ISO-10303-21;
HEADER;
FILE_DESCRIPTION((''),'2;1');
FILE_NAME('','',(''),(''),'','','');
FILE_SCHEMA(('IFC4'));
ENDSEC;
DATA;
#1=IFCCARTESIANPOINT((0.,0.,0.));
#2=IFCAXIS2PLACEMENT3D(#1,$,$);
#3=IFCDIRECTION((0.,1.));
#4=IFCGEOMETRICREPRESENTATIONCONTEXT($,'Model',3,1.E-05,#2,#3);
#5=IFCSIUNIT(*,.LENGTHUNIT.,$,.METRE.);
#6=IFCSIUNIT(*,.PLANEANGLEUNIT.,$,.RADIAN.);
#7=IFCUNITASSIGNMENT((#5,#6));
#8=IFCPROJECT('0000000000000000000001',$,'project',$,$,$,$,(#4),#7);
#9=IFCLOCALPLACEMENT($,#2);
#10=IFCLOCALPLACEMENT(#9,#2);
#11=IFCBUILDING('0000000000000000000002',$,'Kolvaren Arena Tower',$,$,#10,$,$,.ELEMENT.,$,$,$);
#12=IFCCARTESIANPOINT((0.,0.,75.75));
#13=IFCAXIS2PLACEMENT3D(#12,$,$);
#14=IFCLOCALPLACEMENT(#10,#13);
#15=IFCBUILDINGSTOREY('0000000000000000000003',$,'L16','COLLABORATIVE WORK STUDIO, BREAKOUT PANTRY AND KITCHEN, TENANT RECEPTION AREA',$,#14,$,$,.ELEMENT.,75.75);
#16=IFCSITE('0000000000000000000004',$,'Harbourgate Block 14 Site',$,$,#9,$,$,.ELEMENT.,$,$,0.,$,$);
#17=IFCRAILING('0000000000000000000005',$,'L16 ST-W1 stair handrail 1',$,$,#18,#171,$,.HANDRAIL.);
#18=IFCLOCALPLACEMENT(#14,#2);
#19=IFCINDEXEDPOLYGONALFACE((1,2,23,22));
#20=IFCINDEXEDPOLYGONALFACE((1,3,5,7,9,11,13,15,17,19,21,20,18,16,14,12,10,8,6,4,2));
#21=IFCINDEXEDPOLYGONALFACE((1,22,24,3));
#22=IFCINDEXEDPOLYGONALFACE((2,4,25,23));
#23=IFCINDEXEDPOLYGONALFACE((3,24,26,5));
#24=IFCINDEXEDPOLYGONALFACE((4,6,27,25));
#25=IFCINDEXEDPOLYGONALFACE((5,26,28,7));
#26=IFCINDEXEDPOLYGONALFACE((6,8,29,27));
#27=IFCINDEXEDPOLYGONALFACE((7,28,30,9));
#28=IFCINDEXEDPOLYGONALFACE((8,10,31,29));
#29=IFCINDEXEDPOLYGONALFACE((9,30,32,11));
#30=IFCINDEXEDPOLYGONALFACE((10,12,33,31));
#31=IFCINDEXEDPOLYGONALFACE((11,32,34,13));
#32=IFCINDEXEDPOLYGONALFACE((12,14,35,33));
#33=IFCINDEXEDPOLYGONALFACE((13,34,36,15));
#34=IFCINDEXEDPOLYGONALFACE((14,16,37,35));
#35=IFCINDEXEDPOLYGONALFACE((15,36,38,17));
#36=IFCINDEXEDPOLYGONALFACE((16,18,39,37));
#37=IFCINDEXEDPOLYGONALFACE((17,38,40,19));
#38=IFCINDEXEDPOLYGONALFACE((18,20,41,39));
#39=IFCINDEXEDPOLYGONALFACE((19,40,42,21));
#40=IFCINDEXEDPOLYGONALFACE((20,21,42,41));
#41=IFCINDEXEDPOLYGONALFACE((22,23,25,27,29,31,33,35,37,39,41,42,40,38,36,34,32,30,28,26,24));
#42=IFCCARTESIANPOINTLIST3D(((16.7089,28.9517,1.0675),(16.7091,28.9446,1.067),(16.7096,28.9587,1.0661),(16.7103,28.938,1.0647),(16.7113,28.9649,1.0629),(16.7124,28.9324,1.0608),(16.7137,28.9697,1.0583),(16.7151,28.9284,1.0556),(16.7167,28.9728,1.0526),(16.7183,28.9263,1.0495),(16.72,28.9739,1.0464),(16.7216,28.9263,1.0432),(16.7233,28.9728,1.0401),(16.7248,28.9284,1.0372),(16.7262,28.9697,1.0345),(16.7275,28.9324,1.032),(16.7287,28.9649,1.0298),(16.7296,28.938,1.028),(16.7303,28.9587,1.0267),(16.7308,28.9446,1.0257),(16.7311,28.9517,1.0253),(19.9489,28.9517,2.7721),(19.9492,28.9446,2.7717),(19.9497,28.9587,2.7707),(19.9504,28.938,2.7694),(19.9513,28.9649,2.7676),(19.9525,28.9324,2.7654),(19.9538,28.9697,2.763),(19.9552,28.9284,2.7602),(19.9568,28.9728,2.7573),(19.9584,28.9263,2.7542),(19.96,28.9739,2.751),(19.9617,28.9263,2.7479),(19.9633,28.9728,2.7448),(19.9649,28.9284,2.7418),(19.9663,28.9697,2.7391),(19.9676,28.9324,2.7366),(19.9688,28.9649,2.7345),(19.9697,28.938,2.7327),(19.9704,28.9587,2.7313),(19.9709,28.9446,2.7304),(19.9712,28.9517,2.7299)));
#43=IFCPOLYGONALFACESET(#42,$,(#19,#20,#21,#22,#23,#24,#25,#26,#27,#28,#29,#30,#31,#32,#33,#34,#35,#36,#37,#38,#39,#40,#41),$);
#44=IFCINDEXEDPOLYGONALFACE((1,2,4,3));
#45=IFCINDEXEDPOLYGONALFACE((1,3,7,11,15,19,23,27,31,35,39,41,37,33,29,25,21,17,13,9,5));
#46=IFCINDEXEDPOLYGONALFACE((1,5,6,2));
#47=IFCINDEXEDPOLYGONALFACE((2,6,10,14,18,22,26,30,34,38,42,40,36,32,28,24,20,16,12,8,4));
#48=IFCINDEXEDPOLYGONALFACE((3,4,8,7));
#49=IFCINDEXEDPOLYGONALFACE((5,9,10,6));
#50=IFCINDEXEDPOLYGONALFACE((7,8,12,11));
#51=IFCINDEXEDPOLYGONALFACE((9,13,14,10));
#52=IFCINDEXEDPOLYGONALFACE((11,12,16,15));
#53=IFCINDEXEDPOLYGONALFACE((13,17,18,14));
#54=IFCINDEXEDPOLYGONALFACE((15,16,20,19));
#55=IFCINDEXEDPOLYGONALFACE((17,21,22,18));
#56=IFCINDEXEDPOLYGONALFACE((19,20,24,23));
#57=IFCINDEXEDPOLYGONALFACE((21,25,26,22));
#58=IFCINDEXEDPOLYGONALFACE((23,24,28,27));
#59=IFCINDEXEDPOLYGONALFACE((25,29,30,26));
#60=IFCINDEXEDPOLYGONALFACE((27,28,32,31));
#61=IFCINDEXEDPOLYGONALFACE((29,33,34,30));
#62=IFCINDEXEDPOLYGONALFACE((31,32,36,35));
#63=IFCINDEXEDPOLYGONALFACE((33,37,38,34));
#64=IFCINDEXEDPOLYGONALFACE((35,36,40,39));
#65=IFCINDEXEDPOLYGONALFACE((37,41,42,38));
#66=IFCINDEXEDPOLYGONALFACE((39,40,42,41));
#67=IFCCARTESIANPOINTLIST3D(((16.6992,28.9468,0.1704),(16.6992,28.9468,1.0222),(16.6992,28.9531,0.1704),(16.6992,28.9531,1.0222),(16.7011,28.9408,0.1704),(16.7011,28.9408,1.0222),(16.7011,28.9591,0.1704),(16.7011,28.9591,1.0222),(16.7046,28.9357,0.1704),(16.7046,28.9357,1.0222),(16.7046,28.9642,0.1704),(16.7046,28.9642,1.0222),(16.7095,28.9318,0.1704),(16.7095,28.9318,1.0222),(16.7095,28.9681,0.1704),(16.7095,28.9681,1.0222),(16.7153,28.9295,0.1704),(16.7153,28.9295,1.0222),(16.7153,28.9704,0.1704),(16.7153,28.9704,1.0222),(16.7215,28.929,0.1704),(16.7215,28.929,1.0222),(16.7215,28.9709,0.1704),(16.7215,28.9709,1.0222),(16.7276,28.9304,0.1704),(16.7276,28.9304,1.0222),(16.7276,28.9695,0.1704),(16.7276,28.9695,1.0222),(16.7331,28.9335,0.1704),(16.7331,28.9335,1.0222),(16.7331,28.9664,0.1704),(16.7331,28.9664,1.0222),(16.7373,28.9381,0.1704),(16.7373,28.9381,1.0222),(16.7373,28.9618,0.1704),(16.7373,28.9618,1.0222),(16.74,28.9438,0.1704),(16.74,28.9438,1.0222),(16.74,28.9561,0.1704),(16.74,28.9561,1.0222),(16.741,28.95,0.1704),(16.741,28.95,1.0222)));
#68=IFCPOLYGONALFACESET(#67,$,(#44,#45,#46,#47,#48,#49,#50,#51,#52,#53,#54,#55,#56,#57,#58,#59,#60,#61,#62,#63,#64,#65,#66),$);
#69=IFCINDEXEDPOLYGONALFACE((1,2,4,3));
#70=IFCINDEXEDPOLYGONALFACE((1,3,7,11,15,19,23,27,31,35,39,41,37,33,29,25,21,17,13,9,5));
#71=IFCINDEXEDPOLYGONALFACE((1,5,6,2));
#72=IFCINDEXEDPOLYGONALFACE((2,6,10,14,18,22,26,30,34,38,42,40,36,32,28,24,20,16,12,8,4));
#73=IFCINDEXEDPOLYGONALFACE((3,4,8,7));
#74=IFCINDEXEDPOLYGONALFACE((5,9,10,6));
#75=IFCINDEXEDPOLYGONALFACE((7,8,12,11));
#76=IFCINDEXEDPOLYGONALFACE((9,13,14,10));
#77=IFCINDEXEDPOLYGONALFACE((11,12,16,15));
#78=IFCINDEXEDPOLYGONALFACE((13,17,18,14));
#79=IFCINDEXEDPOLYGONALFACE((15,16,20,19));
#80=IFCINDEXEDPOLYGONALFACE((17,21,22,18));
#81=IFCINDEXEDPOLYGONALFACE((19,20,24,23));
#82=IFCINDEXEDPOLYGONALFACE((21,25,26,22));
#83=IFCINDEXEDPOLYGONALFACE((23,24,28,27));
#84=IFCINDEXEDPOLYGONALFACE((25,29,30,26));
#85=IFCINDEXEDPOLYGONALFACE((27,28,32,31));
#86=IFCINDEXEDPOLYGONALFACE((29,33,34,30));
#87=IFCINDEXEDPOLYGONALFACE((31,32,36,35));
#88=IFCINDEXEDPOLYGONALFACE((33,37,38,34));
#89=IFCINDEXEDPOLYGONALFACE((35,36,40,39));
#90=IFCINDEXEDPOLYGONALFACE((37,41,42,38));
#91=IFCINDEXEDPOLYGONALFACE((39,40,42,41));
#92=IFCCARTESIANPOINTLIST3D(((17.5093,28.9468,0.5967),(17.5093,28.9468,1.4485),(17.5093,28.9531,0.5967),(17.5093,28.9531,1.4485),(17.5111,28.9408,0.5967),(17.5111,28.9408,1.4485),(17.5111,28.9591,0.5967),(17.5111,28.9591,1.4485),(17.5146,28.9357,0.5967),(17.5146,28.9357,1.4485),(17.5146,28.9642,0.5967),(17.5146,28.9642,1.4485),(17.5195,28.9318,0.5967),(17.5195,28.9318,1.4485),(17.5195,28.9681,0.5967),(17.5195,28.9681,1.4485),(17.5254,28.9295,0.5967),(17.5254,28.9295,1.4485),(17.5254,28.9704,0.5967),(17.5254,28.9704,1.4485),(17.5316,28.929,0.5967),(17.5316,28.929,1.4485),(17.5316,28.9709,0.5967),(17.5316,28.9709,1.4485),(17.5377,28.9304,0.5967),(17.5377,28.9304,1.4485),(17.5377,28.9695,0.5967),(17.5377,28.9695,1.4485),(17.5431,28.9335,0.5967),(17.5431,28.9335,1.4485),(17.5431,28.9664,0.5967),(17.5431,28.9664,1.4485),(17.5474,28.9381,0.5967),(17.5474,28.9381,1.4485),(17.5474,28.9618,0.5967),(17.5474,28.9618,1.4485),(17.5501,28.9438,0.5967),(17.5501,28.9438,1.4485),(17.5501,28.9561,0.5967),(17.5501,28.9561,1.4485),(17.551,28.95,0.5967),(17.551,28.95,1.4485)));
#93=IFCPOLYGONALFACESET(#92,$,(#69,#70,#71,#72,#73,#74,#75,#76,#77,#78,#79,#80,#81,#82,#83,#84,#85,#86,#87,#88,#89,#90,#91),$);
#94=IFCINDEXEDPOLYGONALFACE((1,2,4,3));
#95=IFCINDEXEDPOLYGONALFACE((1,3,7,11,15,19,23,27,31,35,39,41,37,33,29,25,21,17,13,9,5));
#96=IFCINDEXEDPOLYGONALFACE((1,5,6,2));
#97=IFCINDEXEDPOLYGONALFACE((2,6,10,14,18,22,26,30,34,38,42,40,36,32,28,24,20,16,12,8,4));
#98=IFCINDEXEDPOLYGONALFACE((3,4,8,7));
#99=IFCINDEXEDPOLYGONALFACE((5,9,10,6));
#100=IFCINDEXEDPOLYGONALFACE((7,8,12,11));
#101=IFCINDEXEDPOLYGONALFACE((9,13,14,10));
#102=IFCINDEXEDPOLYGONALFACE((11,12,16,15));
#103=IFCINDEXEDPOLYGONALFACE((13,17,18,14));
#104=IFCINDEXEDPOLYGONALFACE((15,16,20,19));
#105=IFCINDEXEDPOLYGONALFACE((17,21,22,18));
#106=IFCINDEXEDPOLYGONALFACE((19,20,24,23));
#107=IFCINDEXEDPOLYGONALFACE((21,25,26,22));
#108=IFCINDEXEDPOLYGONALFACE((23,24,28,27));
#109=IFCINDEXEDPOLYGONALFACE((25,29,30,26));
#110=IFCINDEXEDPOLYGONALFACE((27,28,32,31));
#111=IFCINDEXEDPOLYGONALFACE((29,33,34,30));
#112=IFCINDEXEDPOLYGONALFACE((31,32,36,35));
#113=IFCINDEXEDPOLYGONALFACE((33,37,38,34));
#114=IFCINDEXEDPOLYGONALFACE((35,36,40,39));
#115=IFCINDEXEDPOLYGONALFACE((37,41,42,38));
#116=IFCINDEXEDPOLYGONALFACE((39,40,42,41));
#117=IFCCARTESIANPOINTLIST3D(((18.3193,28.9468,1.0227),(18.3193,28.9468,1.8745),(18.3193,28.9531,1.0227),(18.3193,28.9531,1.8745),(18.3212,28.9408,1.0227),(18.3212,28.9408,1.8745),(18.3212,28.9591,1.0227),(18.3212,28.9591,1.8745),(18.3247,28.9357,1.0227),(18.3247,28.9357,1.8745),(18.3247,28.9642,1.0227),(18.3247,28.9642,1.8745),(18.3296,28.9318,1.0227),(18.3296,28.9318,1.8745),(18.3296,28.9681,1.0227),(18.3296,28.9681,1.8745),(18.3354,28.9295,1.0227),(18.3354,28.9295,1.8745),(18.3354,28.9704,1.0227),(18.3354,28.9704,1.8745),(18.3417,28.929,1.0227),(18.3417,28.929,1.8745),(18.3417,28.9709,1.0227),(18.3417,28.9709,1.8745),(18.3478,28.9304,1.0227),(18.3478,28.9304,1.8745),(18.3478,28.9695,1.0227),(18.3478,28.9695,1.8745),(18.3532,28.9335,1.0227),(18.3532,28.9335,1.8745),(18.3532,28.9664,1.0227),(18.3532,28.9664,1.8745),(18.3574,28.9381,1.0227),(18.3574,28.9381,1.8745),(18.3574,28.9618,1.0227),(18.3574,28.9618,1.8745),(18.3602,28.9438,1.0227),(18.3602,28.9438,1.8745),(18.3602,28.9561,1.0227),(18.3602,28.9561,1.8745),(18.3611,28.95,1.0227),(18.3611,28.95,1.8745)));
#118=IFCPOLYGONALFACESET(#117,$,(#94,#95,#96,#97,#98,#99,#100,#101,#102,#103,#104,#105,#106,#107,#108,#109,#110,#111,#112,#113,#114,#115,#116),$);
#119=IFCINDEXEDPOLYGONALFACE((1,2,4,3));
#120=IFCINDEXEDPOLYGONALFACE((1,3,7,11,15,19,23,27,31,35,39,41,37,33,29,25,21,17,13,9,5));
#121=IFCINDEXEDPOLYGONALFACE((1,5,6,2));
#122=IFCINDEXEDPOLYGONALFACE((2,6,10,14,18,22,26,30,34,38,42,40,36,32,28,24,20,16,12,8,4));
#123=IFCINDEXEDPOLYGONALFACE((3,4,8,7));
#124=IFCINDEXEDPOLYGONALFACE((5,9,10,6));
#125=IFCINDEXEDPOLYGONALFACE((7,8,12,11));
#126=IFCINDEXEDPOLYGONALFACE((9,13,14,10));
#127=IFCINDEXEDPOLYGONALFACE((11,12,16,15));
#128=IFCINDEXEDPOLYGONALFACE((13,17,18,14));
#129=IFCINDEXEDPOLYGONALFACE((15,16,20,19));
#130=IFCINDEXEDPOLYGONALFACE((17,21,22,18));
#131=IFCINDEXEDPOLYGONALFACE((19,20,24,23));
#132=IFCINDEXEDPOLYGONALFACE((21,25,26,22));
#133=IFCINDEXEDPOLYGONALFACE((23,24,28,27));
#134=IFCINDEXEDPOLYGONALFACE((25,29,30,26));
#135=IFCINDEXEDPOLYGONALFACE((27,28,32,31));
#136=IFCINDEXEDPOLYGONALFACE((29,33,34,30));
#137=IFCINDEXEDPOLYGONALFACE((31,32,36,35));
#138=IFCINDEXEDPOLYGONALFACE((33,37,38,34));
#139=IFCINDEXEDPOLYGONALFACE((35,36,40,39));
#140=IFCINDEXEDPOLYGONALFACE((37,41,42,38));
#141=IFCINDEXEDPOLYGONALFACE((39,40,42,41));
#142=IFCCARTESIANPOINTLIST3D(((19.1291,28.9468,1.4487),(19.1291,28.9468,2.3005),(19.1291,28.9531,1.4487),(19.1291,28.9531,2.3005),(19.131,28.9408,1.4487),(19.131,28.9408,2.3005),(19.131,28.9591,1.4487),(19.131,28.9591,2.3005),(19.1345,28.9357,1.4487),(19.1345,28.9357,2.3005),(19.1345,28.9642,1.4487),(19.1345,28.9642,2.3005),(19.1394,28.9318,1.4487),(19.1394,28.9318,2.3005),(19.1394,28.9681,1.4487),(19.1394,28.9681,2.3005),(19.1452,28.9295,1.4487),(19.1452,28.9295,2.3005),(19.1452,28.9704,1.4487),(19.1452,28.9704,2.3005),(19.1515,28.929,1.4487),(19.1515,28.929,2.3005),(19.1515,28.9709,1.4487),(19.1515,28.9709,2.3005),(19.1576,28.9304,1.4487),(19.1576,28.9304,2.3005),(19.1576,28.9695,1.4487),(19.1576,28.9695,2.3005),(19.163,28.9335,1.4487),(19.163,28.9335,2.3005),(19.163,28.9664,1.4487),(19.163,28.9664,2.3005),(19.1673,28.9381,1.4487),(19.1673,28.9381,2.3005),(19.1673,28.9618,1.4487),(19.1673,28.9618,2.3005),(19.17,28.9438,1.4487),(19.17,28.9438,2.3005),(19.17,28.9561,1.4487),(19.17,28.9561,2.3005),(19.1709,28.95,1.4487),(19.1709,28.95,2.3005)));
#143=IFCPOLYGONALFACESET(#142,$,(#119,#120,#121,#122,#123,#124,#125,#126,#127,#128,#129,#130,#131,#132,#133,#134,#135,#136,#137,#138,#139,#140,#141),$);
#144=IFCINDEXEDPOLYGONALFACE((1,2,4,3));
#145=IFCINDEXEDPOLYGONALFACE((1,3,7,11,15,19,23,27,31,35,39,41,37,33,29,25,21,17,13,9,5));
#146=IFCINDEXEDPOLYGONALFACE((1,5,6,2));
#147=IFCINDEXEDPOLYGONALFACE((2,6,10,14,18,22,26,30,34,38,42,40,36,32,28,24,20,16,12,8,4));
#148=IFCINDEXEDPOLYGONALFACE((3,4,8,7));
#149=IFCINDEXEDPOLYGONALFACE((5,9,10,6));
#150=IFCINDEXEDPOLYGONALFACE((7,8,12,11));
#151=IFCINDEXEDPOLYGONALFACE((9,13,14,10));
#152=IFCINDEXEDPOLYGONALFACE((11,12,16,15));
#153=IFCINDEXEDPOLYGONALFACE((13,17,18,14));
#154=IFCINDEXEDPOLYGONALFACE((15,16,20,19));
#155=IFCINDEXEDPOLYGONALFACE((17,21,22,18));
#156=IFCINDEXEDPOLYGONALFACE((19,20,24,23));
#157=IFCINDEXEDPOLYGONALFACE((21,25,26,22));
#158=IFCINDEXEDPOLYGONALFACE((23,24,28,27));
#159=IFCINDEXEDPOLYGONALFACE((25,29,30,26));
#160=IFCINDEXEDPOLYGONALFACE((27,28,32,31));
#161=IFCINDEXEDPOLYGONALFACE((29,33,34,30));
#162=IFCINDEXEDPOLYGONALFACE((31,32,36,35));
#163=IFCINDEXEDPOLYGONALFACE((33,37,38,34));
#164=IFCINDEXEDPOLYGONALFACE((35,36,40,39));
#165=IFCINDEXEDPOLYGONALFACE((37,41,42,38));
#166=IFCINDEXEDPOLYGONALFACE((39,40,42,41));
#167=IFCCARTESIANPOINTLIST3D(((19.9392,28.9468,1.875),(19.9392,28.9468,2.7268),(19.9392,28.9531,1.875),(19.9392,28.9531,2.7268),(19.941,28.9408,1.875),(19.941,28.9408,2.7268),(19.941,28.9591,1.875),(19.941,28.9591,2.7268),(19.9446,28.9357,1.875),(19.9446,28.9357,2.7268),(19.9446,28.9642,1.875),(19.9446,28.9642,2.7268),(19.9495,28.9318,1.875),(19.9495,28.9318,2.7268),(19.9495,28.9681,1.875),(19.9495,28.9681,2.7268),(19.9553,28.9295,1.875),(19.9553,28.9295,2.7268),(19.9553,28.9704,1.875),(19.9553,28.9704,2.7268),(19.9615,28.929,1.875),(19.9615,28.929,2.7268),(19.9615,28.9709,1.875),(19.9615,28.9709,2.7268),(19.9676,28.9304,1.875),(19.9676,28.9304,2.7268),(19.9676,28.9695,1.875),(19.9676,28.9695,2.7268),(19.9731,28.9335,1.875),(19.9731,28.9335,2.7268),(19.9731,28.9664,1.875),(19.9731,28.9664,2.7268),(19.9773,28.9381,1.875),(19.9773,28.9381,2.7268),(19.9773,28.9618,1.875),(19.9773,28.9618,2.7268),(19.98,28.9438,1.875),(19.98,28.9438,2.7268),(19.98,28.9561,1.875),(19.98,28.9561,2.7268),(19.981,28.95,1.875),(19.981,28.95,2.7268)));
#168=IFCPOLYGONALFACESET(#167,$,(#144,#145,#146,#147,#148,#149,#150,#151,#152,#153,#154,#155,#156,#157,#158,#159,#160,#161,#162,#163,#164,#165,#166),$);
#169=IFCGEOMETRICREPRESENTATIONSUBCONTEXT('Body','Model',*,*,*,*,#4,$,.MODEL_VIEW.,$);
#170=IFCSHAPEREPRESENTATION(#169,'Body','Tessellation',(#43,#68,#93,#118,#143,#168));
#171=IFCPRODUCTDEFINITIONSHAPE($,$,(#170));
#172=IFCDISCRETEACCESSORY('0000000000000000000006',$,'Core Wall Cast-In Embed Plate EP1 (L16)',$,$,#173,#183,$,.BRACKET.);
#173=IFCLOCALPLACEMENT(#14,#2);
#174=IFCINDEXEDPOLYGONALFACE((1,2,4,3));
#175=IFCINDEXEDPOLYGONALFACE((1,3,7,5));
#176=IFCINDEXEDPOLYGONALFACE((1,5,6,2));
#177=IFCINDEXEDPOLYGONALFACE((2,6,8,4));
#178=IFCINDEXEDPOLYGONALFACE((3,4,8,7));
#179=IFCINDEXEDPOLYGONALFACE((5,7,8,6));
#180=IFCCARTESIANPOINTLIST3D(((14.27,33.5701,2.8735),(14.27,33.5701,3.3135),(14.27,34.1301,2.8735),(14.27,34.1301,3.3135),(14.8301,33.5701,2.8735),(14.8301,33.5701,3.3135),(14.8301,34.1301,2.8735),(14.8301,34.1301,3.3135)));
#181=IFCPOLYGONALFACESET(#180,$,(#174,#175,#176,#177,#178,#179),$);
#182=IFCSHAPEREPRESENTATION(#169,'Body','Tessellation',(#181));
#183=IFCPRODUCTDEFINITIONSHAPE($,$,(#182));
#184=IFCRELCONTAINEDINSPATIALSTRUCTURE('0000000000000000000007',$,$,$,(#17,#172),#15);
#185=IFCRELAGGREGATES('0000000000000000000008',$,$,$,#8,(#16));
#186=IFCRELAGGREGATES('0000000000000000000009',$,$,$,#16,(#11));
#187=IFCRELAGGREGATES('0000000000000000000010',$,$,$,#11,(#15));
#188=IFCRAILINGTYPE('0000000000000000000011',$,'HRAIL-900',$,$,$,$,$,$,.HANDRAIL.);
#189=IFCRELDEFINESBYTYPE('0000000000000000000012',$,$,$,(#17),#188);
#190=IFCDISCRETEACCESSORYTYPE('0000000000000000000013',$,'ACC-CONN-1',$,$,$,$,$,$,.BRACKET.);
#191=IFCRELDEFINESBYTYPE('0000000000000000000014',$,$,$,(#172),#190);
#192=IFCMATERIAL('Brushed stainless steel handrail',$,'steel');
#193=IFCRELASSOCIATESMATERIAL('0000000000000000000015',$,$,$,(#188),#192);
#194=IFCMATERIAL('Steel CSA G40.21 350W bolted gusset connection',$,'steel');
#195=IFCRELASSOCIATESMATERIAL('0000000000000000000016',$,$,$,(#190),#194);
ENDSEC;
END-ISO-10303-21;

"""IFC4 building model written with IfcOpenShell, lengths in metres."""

from ifc_helpers import new_model, si_unit, direction, frame, origin, origin_2d, place, context, subcontext, project, spatial, rectangle, circle, extrude, material, type_object, element, save


model = new_model("IFC4")

# Units and contexts
model_context = context("Model", 3, precision=1e-05, world=origin(), true_north=direction((0.0, 1.0)))
body_context = subcontext(model_context, "Body", "Model", "MODEL_VIEW")
ifc_project = project(units=[si_unit("LENGTHUNIT", "METRE"), si_unit("PLANEANGLEUNIT", "RADIAN")], contexts=[model_context])

# Site, building, storey
site_placement = place(None, origin())
site = spatial("IfcSite", under=ifc_project, at=site_placement, Name="Harbourgate Block 14 Site", CompositionType="ELEMENT", RefElevation=0.0)
building_placement = place(site_placement, origin())
building = spatial("IfcBuilding", under=site, at=building_placement, Name="Kolvaren Arena Tower", CompositionType="ELEMENT")
storey_placement = place(building_placement, frame((0.0, 0.0, 75.75)))
storey = spatial("IfcBuildingStorey", under=building, at=storey_placement, Name="L16", Description="COLLABORATIVE WORK STUDIO, BREAKOUT PANTRY AND KITCHEN, TENANT RECEPTION AREA", CompositionType="ELEMENT", Elevation=75.75)

# Railing
ifc_material_1 = material(Name="Brushed stainless steel handrail", Category="steel")
railing_type_1 = type_object("IfcRailingType", Name="HRAIL-900", PredefinedType="HANDRAIL", material=ifc_material_1)
railing_1_placement = place(storey_placement, frame((16.72, 28.95, 0.1704)))
element("IfcRailing", 1, at=railing_1_placement, inside=storey, type_object=railing_type_1, Name="L16 ST-W1 stair handrail 1", PredefinedType="HANDRAIL", context=body_context, shape_type="SweptSolid", body=[
    extrude(circle(Radius=0.0239, at=origin_2d()), frame((0.0, 0.0, 0.876), z_axis=(0.884993, 0.0, 0.465604), x_axis=(0.0, 1.0, 0.0)), (0.0, 0.0, 1.0), 3.6611),
    extrude(circle(Radius=0.021, at=origin_2d()), origin(), (0.0, 0.0, 1.0), 0.8518),
    extrude(circle(Radius=0.021, at=origin_2d()), frame((0.8101, 0.0, 0.4263)), (0.0, 0.0, 1.0), 0.8518),
    extrude(circle(Radius=0.021, at=origin_2d()), frame((1.6201, 0.0, 0.8523)), (0.0, 0.0, 1.0), 0.8518),
    extrude(circle(Radius=0.021, at=origin_2d()), frame((2.4299, 0.0, 1.2783)), (0.0, 0.0, 1.0), 0.8518),
    extrude(circle(Radius=0.021, at=origin_2d()), frame((3.24, 0.0, 1.7046)), (0.0, 0.0, 1.0), 0.8518),
])

# Discrete accessory
ifc_material_2 = material(Name="Steel CSA G40.21 350W bolted gusset connection", Category="steel")
discrete_accessory_type = type_object("IfcDiscreteAccessoryType", Name="ACC-CONN-1", PredefinedType="BRACKET", material=ifc_material_2)
discrete_accessory_placement = place(storey_placement, frame((14.55, 33.8501, 2.8735), z_axis=(0.0, 0.0, 1.0), x_axis=(1.0, 0.0, 0.0)))
element("IfcDiscreteAccessory", 2, at=discrete_accessory_placement, inside=storey, type_object=discrete_accessory_type, Name="Core Wall Cast-In Embed Plate EP1 (L16)", PredefinedType="BRACKET", context=body_context, shape_type="SweptSolid", body=[
    extrude(rectangle(XDim=0.5601, YDim=0.5601, at=origin_2d()), origin(), (0.0, 0.0, 1.0), 0.4399),
])

save(model, "model.ifc")
